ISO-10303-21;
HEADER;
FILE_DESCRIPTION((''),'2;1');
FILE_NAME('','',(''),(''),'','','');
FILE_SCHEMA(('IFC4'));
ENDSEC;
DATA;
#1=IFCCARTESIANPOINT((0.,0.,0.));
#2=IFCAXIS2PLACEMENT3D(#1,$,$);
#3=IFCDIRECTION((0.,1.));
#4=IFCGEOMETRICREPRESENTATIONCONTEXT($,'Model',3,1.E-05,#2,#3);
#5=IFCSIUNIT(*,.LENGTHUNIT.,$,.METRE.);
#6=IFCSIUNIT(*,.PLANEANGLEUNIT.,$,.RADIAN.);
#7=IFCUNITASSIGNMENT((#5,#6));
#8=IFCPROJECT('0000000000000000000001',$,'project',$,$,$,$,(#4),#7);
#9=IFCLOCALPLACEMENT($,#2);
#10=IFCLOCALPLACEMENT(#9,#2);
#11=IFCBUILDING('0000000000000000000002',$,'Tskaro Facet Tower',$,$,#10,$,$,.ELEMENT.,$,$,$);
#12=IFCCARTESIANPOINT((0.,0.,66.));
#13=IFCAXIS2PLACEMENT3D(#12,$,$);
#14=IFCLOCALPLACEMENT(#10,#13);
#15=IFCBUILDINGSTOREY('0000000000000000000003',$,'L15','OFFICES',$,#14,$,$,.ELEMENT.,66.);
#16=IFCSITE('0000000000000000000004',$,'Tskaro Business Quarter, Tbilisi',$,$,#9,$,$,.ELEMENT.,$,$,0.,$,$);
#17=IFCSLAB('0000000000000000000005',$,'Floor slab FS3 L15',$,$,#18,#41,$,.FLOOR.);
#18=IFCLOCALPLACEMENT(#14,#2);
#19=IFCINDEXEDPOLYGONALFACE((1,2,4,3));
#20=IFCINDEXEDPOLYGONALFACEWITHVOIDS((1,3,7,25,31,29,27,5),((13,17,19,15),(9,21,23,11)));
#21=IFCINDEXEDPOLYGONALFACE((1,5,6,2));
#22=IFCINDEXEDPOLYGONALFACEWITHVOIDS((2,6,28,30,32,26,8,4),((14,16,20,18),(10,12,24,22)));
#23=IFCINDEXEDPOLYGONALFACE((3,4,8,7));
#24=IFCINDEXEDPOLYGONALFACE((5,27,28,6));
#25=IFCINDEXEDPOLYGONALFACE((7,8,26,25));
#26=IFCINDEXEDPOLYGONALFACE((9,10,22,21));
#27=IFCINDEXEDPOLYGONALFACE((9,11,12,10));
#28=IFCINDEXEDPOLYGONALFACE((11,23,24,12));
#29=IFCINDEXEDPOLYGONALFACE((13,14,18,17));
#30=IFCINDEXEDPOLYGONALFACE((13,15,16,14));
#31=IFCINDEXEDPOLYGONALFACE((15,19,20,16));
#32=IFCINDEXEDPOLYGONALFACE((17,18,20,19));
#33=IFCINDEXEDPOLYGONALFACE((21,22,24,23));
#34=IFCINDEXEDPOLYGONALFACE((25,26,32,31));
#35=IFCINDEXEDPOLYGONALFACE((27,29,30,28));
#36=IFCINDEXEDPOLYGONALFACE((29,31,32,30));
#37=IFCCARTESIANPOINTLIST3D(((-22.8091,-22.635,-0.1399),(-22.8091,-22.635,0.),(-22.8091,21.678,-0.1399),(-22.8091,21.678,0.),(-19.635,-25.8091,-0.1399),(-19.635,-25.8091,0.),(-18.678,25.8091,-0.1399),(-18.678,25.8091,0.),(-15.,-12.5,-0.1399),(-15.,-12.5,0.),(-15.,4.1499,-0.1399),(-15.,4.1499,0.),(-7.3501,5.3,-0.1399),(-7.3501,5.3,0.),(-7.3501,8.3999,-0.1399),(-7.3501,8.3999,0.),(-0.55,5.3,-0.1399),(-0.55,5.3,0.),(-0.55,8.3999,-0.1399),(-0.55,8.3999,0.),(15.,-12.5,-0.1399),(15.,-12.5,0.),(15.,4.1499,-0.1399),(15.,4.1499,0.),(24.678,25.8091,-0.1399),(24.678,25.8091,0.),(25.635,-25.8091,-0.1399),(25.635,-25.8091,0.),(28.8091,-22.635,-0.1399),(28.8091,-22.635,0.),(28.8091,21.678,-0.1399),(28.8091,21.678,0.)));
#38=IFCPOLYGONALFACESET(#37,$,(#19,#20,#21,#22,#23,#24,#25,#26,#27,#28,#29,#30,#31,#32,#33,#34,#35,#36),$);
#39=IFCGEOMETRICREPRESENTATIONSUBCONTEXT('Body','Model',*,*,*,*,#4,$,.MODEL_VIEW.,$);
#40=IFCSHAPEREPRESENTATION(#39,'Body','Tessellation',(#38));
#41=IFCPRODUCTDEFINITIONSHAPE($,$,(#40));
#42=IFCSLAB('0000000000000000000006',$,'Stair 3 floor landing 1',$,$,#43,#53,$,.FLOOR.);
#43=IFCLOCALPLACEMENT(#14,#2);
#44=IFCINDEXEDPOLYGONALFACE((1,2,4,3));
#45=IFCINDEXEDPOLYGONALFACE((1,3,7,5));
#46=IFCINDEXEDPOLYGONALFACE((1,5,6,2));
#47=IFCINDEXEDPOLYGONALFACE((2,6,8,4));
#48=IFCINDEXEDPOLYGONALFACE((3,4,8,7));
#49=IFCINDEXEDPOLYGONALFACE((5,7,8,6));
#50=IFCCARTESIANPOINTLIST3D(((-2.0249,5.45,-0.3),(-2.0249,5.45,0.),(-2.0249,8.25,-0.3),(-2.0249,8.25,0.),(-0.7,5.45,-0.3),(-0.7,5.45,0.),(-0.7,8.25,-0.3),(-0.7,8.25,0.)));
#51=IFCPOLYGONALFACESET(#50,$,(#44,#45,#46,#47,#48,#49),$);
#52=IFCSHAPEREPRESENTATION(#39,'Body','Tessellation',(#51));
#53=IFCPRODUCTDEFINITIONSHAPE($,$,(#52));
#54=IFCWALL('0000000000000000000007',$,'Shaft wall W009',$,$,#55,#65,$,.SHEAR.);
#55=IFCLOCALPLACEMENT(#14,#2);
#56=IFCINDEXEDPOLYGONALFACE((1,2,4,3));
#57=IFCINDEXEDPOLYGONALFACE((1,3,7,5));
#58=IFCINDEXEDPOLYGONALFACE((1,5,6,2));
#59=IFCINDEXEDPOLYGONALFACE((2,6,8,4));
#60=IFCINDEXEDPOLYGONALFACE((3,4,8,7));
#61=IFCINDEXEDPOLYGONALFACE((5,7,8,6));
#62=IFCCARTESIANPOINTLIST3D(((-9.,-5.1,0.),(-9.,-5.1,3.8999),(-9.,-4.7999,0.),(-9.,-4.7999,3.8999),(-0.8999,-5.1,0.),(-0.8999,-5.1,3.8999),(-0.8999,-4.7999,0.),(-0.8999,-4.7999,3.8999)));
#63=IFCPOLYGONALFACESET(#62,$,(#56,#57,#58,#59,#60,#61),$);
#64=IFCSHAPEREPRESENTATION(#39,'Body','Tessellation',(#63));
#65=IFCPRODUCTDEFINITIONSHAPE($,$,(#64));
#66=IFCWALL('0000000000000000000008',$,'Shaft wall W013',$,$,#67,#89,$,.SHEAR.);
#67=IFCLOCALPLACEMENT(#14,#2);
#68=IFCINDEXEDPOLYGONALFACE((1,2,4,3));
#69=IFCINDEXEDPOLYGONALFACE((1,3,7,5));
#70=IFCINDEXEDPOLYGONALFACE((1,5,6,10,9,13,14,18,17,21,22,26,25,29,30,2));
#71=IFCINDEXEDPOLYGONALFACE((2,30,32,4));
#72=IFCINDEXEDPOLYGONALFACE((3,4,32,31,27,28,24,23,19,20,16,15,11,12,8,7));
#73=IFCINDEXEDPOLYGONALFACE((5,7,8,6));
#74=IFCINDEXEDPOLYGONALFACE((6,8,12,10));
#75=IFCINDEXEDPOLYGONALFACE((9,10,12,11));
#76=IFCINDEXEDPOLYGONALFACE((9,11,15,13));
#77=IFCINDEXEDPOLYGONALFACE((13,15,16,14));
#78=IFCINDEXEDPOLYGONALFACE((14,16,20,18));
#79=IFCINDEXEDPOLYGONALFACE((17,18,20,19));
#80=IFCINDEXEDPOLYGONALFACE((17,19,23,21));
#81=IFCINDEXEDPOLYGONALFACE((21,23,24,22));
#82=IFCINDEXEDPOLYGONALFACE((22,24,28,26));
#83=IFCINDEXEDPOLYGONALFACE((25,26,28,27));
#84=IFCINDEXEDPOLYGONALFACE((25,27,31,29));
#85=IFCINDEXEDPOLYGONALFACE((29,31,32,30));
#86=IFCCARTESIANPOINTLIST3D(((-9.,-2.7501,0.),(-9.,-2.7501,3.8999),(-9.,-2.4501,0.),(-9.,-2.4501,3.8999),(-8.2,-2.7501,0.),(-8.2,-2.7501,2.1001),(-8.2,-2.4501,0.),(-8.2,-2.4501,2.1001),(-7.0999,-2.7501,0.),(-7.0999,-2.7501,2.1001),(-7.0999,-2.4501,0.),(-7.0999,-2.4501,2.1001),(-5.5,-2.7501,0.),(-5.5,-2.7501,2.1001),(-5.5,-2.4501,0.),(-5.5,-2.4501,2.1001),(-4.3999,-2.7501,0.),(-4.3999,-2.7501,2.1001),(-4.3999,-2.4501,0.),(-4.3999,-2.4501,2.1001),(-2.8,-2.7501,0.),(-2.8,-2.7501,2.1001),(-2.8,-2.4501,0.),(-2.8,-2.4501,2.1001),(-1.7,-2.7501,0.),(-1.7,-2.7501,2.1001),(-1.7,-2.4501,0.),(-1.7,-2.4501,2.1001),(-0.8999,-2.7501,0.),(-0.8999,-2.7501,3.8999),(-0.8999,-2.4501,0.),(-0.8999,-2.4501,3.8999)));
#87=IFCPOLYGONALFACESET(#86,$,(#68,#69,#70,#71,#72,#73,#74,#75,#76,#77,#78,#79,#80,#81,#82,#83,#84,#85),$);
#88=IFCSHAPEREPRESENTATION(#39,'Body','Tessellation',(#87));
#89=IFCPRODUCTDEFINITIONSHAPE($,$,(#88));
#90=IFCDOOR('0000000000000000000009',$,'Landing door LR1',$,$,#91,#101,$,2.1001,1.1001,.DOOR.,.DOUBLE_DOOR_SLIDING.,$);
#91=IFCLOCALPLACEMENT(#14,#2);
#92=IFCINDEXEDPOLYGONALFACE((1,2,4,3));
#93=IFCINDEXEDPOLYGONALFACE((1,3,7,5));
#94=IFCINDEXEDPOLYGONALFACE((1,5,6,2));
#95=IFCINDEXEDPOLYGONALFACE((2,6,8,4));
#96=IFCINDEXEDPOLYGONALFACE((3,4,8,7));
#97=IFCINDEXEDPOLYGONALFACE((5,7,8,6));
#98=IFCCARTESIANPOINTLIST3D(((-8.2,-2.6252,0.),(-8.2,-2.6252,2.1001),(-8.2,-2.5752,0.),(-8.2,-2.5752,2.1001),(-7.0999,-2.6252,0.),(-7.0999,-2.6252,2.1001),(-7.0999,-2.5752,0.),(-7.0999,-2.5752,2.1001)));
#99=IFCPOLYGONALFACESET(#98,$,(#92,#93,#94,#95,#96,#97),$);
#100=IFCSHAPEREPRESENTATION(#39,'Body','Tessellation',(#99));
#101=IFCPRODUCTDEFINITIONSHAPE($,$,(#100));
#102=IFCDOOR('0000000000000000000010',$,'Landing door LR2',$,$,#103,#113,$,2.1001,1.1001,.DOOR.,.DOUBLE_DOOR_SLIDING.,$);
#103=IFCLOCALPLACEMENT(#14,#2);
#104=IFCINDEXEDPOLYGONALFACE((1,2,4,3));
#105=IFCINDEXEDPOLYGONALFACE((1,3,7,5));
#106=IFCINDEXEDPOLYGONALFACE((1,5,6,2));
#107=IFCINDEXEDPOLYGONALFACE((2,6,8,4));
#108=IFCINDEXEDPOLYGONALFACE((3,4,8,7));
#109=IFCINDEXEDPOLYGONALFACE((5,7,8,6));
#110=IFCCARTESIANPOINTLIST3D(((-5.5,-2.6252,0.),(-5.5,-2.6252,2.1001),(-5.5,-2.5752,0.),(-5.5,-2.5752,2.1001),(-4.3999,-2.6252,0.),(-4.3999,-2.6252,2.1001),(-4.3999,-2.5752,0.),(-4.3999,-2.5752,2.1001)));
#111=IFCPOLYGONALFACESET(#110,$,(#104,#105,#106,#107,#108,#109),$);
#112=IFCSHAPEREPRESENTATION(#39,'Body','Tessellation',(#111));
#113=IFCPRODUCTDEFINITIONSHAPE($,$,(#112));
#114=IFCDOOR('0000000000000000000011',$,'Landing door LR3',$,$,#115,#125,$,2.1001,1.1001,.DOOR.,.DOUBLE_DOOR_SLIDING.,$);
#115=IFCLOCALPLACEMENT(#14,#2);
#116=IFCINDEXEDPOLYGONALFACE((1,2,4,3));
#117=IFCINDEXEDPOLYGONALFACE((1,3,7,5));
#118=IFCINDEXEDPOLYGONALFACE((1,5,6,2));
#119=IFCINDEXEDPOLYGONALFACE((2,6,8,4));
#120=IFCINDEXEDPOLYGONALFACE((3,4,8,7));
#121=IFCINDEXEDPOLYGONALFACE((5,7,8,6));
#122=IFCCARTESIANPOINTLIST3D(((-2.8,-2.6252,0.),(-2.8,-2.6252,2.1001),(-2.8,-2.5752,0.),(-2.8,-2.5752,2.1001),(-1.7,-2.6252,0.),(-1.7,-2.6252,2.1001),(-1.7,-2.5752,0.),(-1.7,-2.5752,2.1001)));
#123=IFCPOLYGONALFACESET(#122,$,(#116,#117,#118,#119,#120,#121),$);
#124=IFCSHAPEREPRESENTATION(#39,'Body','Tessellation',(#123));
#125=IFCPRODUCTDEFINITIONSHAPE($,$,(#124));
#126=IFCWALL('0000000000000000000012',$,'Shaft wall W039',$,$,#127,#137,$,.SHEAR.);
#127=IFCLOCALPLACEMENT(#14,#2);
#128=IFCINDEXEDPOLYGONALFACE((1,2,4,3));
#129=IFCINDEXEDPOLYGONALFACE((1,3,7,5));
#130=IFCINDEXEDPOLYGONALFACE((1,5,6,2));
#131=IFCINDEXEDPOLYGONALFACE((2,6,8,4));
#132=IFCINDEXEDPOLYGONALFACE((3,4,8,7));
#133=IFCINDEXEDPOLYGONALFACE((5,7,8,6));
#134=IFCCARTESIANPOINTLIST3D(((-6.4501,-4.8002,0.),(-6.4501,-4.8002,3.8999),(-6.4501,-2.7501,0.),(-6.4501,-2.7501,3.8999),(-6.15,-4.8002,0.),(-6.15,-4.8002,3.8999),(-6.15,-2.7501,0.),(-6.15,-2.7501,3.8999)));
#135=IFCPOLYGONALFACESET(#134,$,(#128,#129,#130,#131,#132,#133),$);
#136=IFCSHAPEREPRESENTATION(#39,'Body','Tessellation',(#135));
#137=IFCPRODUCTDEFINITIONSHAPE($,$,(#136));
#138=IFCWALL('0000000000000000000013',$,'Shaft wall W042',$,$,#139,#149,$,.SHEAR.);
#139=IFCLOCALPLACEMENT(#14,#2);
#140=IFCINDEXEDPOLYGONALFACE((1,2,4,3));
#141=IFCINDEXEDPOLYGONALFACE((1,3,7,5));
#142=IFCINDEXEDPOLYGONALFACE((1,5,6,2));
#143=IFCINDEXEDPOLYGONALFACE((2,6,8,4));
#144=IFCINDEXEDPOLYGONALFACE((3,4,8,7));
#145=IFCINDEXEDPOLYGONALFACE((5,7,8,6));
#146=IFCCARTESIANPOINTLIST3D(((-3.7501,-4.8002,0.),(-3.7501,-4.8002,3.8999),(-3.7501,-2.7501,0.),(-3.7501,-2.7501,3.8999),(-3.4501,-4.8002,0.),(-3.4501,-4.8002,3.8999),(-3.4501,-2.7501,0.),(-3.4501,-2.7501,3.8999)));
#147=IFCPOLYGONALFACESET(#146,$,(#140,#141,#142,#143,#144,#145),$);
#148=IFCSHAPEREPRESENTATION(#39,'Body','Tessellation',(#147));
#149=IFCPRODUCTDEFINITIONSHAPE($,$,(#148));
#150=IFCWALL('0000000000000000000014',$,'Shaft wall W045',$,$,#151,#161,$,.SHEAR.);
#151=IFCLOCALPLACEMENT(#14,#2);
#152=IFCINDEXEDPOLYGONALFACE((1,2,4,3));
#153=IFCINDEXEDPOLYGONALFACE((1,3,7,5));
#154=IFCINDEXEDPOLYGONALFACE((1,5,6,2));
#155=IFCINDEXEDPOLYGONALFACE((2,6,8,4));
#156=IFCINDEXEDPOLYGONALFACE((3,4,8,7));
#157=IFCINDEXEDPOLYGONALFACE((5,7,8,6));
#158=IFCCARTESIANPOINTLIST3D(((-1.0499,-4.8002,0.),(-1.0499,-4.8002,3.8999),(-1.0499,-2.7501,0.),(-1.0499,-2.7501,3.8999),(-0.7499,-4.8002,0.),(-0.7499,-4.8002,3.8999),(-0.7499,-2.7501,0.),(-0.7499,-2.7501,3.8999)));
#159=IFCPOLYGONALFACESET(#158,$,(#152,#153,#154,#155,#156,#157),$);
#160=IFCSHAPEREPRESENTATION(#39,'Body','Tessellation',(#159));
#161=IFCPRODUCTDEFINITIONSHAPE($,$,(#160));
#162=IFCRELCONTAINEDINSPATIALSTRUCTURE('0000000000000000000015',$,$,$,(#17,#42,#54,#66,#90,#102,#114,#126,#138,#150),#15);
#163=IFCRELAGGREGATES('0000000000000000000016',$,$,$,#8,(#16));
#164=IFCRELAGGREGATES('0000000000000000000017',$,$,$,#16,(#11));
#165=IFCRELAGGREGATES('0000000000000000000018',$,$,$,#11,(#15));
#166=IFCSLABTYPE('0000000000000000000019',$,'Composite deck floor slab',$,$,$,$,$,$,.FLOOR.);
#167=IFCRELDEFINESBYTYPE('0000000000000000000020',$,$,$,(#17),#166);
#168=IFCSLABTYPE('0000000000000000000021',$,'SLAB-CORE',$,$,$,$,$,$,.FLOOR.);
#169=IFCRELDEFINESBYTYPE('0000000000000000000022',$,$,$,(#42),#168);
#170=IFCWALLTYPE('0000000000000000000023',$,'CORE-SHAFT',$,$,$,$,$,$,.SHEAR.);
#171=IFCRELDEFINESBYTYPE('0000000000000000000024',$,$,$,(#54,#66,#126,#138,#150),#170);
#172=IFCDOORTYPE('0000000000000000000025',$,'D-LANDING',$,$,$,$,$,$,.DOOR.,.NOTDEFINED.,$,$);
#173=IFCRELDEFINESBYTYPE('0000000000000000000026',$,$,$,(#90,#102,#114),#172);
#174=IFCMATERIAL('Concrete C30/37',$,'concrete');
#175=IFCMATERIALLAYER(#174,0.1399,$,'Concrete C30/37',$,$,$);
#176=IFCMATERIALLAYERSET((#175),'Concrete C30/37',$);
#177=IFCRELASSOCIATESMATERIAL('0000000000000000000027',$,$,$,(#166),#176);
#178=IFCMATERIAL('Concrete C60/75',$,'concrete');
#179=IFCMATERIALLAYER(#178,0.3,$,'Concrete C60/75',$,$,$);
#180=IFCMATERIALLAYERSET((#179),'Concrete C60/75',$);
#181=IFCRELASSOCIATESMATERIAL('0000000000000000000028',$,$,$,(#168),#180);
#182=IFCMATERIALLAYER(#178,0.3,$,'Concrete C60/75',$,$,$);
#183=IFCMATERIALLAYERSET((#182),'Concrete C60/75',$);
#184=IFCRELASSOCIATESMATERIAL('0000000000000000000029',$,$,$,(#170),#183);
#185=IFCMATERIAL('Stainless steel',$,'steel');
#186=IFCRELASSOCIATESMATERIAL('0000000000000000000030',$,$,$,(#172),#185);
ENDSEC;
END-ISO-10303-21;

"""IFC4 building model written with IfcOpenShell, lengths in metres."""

from ifc_helpers import new_model, si_unit, direction, frame, frame_2d, origin, place, context, subcontext, project, spatial, polyline, rectangle, outline, extrude, material, layer, layer_set, type_object, element, fill, save


model = new_model("IFC4")

# Units and contexts
model_context = context("Model", 3, precision=1e-05, world=origin(), true_north=direction((0.0, 1.0)))
body_context = subcontext(model_context, "Body", "Model", "MODEL_VIEW")
ifc_project = project(units=[si_unit("LENGTHUNIT", "METRE"), si_unit("PLANEANGLEUNIT", "RADIAN")], contexts=[model_context])

# Site, building, storey
site_placement = place(None, origin())
site = spatial("IfcSite", under=ifc_project, at=site_placement, Name="Tskaro Business Quarter, Tbilisi", CompositionType="ELEMENT", RefElevation=0.0)
building_placement = place(site_placement, origin())
building = spatial("IfcBuilding", under=site, at=building_placement, Name="Tskaro Facet Tower", CompositionType="ELEMENT")
storey_placement = place(building_placement, frame((0.0, 0.0, 66.0)))
storey = spatial("IfcBuildingStorey", under=building, at=storey_placement, Name="L15", Description="OFFICES", CompositionType="ELEMENT", Elevation=66.0)

# Slabs
ifc_material_1 = material(Name="Concrete C30/37", Category="concrete")
ifc_layer_1 = layer(ifc_material_1, 0.1399, Name="Concrete C30/37")
ifc_layer_set_1 = layer_set([ifc_layer_1], Name="Concrete C30/37")
slab_type_1 = type_object("IfcSlabType", Name="Composite deck floor slab", PredefinedType="FLOOR", material=ifc_layer_set_1)
slab_1_placement = place(storey_placement, frame((0.0, 0.0, -0.1399)))
element("IfcSlab", 1, at=slab_1_placement, inside=storey, type_object=slab_type_1, Name="Floor slab FS3 L15", PredefinedType="FLOOR", context=body_context, shape_type="SweptSolid", body=[
    extrude(outline(polyline([(-19.635, -25.8091), (25.635, -25.8091), (28.8091, -22.635), (28.8091, 21.678), (24.678, 25.8091), (-18.678, 25.8091), (-22.8091, 21.678), (-22.8091, -22.635), (-19.635, -25.8091)]), holes=[polyline([(-15.0, -12.5), (15.0, -12.5), (15.0, 4.1499), (-15.0, 4.1499), (-15.0, -12.5)]), polyline([(-7.3501, 5.3), (-0.55, 5.3), (-0.55, 8.3999), (-7.3501, 8.3999), (-7.3501, 5.3)])]), origin(), (0.0, 0.0, 1.0), 0.1399),
])
ifc_material_2 = material(Name="Concrete C60/75", Category="concrete")
ifc_layer_2 = layer(ifc_material_2, 0.3, Name="Concrete C60/75")
ifc_layer_set_2 = layer_set([ifc_layer_2], Name="Concrete C60/75")
slab_type_2 = type_object("IfcSlabType", Name="SLAB-CORE", PredefinedType="FLOOR", material=ifc_layer_set_2)
slab_2_placement = place(storey_placement, frame((0.0, 0.0, -0.3)))
element("IfcSlab", 2, at=slab_2_placement, inside=storey, type_object=slab_type_2, Name="Stair 3 floor landing 1", PredefinedType="FLOOR", context=body_context, shape_type="SweptSolid", body=[
    extrude(outline(polyline([(-2.0249, 5.45), (-0.7, 5.45), (-0.7, 8.25), (-2.0249, 8.25), (-2.0249, 5.45)])), origin(), (0.0, 0.0, 1.0), 0.3),
])

# Wall
ifc_layer_3 = layer(ifc_material_2, 0.3, Name="Concrete C60/75")
ifc_layer_set_3 = layer_set([ifc_layer_3], Name="Concrete C60/75")
wall_type = type_object("IfcWallType", Name="CORE-SHAFT", PredefinedType="SHEAR", material=ifc_layer_set_3)
wall_1_placement = place(storey_placement, frame((-9.0, -4.95, 0.0), z_axis=(0.0, 0.0, 1.0), x_axis=(1.0, 0.0, 0.0)))
element("IfcWall", 3, at=wall_1_placement, inside=storey, type_object=wall_type, Name="Shaft wall W009", PredefinedType="SHEAR", context=body_context, shape_type="SweptSolid", body=[
    extrude(rectangle(XDim=8.1001, YDim=0.3, at=frame_2d((4.05, 0.0))), origin(), (0.0, 0.0, 1.0), 3.8999),
])

# Wall, openings, doors
wall_2_placement = place(storey_placement, frame((-9.0, -2.6001, 0.0), z_axis=(0.0, 0.0, 1.0), x_axis=(1.0, 0.0, 0.0)))
wall_2 = element("IfcWall", 4, at=wall_2_placement, inside=storey, type_object=wall_type, Name="Shaft wall W013", PredefinedType="SHEAR", context=body_context, shape_type="SweptSolid", body=[
    extrude(rectangle(XDim=8.1001, YDim=0.3, at=frame_2d((4.05, 0.0))), origin(), (0.0, 0.0, 1.0), 3.8999),
])
opening_1_placement = place(wall_2_placement, frame((0.8, 0.0, 0.0)))
opening_1 = element("IfcOpeningElement", 5, at=opening_1_placement, cuts=wall_2, PredefinedType="OPENING", context=body_context, shape_type="SweptSolid", body=[
    extrude(rectangle(XDim=1.1001, YDim=2.1001, at=frame_2d((0.55, 1.05))), frame((0.0, 0.1599, 0.0), z_axis=(0.0, -1.0, 0.0), x_axis=(1.0, 0.0, 0.0)), (0.0, 0.0, 1.0), 0.3201),
])
opening_2_placement = place(wall_2_placement, frame((3.5, 0.0, 0.0)))
opening_2 = element("IfcOpeningElement", 6, at=opening_2_placement, cuts=wall_2, PredefinedType="OPENING", context=body_context, shape_type="SweptSolid", body=[
    extrude(rectangle(XDim=1.1001, YDim=2.1001, at=frame_2d((0.55, 1.05))), frame((0.0, 0.1599, 0.0), z_axis=(0.0, -1.0, 0.0), x_axis=(1.0, 0.0, 0.0)), (0.0, 0.0, 1.0), 0.3201),
])
opening_3_placement = place(wall_2_placement, frame((6.2, 0.0, 0.0)))
opening_3 = element("IfcOpeningElement", 7, at=opening_3_placement, cuts=wall_2, PredefinedType="OPENING", context=body_context, shape_type="SweptSolid", body=[
    extrude(rectangle(XDim=1.1001, YDim=2.1001, at=frame_2d((0.55, 1.05))), frame((0.0, 0.1599, 0.0), z_axis=(0.0, -1.0, 0.0), x_axis=(1.0, 0.0, 0.0)), (0.0, 0.0, 1.0), 0.3201),
])
ifc_material_3 = material(Name="Stainless steel", Category="steel")
door_type = type_object("IfcDoorType", Name="D-LANDING", OperationType="NOTDEFINED", PredefinedType="DOOR", material=ifc_material_3)
door_1_placement = place(opening_1_placement, origin())
door_1 = element("IfcDoor", 8, at=door_1_placement, inside=storey, type_object=door_type, Name="Landing door LR1", OperationType="DOUBLE_DOOR_SLIDING", OverallHeight=2.1001, OverallWidth=1.1001, PredefinedType="DOOR", context=body_context, shape_type="SweptSolid", body=[
    extrude(rectangle(XDim=1.1001, YDim=2.1001, at=frame_2d((0.55, 1.05))), frame((0.0, 0.0249, 0.0), z_axis=(0.0, -1.0, 0.0), x_axis=(1.0, 0.0, 0.0)), (0.0, 0.0, 1.0), 0.05),
])
fill(opening_1, door_1)
door_2_placement = place(opening_2_placement, origin())
door_2 = element("IfcDoor", 9, at=door_2_placement, inside=storey, type_object=door_type, Name="Landing door LR2", OperationType="DOUBLE_DOOR_SLIDING", OverallHeight=2.1001, OverallWidth=1.1001, PredefinedType="DOOR", context=body_context, shape_type="SweptSolid", body=[
    extrude(rectangle(XDim=1.1001, YDim=2.1001, at=frame_2d((0.55, 1.05))), frame((0.0, 0.0249, 0.0), z_axis=(0.0, -1.0, 0.0), x_axis=(1.0, 0.0, 0.0)), (0.0, 0.0, 1.0), 0.05),
])
fill(opening_2, door_2)
door_3_placement = place(opening_3_placement, origin())
door_3 = element("IfcDoor", 10, at=door_3_placement, inside=storey, type_object=door_type, Name="Landing door LR3", OperationType="DOUBLE_DOOR_SLIDING", OverallHeight=2.1001, OverallWidth=1.1001, PredefinedType="DOOR", context=body_context, shape_type="SweptSolid", body=[
    extrude(rectangle(XDim=1.1001, YDim=2.1001, at=frame_2d((0.55, 1.05))), frame((0.0, 0.0249, 0.0), z_axis=(0.0, -1.0, 0.0), x_axis=(1.0, 0.0, 0.0)), (0.0, 0.0, 1.0), 0.05),
])
fill(opening_3, door_3)

# Walls
for number, where, z_axis, x_axis, name in (
    (11, (-6.3, -4.8, 0.0), (0.0, 0.0, 1.0), (0.0, 1.0, 0.0), "Shaft wall W039"),
    (12, (-3.6001, -4.8, 0.0), (0.0, 0.0, 1.0), (0.0, 1.0, 0.0), "Shaft wall W042"),
    (13, (-0.8999, -4.8, 0.0), (0.0, 0.0, 1.0), (0.0, 1.0, 0.0), "Shaft wall W045"),
):
    element("IfcWall", number, at=place(storey_placement, frame(where, z_axis=z_axis, x_axis=x_axis)), inside=storey, type_object=wall_type, Name=name, PredefinedType="SHEAR", context=body_context, shape_type="SweptSolid", body=[
        extrude(rectangle(XDim=2.05, YDim=0.3, at=frame_2d((1.0249, 0.0))), origin(), (0.0, 0.0, 1.0), 3.8999),
    ])

save(model, "model.ifc")
